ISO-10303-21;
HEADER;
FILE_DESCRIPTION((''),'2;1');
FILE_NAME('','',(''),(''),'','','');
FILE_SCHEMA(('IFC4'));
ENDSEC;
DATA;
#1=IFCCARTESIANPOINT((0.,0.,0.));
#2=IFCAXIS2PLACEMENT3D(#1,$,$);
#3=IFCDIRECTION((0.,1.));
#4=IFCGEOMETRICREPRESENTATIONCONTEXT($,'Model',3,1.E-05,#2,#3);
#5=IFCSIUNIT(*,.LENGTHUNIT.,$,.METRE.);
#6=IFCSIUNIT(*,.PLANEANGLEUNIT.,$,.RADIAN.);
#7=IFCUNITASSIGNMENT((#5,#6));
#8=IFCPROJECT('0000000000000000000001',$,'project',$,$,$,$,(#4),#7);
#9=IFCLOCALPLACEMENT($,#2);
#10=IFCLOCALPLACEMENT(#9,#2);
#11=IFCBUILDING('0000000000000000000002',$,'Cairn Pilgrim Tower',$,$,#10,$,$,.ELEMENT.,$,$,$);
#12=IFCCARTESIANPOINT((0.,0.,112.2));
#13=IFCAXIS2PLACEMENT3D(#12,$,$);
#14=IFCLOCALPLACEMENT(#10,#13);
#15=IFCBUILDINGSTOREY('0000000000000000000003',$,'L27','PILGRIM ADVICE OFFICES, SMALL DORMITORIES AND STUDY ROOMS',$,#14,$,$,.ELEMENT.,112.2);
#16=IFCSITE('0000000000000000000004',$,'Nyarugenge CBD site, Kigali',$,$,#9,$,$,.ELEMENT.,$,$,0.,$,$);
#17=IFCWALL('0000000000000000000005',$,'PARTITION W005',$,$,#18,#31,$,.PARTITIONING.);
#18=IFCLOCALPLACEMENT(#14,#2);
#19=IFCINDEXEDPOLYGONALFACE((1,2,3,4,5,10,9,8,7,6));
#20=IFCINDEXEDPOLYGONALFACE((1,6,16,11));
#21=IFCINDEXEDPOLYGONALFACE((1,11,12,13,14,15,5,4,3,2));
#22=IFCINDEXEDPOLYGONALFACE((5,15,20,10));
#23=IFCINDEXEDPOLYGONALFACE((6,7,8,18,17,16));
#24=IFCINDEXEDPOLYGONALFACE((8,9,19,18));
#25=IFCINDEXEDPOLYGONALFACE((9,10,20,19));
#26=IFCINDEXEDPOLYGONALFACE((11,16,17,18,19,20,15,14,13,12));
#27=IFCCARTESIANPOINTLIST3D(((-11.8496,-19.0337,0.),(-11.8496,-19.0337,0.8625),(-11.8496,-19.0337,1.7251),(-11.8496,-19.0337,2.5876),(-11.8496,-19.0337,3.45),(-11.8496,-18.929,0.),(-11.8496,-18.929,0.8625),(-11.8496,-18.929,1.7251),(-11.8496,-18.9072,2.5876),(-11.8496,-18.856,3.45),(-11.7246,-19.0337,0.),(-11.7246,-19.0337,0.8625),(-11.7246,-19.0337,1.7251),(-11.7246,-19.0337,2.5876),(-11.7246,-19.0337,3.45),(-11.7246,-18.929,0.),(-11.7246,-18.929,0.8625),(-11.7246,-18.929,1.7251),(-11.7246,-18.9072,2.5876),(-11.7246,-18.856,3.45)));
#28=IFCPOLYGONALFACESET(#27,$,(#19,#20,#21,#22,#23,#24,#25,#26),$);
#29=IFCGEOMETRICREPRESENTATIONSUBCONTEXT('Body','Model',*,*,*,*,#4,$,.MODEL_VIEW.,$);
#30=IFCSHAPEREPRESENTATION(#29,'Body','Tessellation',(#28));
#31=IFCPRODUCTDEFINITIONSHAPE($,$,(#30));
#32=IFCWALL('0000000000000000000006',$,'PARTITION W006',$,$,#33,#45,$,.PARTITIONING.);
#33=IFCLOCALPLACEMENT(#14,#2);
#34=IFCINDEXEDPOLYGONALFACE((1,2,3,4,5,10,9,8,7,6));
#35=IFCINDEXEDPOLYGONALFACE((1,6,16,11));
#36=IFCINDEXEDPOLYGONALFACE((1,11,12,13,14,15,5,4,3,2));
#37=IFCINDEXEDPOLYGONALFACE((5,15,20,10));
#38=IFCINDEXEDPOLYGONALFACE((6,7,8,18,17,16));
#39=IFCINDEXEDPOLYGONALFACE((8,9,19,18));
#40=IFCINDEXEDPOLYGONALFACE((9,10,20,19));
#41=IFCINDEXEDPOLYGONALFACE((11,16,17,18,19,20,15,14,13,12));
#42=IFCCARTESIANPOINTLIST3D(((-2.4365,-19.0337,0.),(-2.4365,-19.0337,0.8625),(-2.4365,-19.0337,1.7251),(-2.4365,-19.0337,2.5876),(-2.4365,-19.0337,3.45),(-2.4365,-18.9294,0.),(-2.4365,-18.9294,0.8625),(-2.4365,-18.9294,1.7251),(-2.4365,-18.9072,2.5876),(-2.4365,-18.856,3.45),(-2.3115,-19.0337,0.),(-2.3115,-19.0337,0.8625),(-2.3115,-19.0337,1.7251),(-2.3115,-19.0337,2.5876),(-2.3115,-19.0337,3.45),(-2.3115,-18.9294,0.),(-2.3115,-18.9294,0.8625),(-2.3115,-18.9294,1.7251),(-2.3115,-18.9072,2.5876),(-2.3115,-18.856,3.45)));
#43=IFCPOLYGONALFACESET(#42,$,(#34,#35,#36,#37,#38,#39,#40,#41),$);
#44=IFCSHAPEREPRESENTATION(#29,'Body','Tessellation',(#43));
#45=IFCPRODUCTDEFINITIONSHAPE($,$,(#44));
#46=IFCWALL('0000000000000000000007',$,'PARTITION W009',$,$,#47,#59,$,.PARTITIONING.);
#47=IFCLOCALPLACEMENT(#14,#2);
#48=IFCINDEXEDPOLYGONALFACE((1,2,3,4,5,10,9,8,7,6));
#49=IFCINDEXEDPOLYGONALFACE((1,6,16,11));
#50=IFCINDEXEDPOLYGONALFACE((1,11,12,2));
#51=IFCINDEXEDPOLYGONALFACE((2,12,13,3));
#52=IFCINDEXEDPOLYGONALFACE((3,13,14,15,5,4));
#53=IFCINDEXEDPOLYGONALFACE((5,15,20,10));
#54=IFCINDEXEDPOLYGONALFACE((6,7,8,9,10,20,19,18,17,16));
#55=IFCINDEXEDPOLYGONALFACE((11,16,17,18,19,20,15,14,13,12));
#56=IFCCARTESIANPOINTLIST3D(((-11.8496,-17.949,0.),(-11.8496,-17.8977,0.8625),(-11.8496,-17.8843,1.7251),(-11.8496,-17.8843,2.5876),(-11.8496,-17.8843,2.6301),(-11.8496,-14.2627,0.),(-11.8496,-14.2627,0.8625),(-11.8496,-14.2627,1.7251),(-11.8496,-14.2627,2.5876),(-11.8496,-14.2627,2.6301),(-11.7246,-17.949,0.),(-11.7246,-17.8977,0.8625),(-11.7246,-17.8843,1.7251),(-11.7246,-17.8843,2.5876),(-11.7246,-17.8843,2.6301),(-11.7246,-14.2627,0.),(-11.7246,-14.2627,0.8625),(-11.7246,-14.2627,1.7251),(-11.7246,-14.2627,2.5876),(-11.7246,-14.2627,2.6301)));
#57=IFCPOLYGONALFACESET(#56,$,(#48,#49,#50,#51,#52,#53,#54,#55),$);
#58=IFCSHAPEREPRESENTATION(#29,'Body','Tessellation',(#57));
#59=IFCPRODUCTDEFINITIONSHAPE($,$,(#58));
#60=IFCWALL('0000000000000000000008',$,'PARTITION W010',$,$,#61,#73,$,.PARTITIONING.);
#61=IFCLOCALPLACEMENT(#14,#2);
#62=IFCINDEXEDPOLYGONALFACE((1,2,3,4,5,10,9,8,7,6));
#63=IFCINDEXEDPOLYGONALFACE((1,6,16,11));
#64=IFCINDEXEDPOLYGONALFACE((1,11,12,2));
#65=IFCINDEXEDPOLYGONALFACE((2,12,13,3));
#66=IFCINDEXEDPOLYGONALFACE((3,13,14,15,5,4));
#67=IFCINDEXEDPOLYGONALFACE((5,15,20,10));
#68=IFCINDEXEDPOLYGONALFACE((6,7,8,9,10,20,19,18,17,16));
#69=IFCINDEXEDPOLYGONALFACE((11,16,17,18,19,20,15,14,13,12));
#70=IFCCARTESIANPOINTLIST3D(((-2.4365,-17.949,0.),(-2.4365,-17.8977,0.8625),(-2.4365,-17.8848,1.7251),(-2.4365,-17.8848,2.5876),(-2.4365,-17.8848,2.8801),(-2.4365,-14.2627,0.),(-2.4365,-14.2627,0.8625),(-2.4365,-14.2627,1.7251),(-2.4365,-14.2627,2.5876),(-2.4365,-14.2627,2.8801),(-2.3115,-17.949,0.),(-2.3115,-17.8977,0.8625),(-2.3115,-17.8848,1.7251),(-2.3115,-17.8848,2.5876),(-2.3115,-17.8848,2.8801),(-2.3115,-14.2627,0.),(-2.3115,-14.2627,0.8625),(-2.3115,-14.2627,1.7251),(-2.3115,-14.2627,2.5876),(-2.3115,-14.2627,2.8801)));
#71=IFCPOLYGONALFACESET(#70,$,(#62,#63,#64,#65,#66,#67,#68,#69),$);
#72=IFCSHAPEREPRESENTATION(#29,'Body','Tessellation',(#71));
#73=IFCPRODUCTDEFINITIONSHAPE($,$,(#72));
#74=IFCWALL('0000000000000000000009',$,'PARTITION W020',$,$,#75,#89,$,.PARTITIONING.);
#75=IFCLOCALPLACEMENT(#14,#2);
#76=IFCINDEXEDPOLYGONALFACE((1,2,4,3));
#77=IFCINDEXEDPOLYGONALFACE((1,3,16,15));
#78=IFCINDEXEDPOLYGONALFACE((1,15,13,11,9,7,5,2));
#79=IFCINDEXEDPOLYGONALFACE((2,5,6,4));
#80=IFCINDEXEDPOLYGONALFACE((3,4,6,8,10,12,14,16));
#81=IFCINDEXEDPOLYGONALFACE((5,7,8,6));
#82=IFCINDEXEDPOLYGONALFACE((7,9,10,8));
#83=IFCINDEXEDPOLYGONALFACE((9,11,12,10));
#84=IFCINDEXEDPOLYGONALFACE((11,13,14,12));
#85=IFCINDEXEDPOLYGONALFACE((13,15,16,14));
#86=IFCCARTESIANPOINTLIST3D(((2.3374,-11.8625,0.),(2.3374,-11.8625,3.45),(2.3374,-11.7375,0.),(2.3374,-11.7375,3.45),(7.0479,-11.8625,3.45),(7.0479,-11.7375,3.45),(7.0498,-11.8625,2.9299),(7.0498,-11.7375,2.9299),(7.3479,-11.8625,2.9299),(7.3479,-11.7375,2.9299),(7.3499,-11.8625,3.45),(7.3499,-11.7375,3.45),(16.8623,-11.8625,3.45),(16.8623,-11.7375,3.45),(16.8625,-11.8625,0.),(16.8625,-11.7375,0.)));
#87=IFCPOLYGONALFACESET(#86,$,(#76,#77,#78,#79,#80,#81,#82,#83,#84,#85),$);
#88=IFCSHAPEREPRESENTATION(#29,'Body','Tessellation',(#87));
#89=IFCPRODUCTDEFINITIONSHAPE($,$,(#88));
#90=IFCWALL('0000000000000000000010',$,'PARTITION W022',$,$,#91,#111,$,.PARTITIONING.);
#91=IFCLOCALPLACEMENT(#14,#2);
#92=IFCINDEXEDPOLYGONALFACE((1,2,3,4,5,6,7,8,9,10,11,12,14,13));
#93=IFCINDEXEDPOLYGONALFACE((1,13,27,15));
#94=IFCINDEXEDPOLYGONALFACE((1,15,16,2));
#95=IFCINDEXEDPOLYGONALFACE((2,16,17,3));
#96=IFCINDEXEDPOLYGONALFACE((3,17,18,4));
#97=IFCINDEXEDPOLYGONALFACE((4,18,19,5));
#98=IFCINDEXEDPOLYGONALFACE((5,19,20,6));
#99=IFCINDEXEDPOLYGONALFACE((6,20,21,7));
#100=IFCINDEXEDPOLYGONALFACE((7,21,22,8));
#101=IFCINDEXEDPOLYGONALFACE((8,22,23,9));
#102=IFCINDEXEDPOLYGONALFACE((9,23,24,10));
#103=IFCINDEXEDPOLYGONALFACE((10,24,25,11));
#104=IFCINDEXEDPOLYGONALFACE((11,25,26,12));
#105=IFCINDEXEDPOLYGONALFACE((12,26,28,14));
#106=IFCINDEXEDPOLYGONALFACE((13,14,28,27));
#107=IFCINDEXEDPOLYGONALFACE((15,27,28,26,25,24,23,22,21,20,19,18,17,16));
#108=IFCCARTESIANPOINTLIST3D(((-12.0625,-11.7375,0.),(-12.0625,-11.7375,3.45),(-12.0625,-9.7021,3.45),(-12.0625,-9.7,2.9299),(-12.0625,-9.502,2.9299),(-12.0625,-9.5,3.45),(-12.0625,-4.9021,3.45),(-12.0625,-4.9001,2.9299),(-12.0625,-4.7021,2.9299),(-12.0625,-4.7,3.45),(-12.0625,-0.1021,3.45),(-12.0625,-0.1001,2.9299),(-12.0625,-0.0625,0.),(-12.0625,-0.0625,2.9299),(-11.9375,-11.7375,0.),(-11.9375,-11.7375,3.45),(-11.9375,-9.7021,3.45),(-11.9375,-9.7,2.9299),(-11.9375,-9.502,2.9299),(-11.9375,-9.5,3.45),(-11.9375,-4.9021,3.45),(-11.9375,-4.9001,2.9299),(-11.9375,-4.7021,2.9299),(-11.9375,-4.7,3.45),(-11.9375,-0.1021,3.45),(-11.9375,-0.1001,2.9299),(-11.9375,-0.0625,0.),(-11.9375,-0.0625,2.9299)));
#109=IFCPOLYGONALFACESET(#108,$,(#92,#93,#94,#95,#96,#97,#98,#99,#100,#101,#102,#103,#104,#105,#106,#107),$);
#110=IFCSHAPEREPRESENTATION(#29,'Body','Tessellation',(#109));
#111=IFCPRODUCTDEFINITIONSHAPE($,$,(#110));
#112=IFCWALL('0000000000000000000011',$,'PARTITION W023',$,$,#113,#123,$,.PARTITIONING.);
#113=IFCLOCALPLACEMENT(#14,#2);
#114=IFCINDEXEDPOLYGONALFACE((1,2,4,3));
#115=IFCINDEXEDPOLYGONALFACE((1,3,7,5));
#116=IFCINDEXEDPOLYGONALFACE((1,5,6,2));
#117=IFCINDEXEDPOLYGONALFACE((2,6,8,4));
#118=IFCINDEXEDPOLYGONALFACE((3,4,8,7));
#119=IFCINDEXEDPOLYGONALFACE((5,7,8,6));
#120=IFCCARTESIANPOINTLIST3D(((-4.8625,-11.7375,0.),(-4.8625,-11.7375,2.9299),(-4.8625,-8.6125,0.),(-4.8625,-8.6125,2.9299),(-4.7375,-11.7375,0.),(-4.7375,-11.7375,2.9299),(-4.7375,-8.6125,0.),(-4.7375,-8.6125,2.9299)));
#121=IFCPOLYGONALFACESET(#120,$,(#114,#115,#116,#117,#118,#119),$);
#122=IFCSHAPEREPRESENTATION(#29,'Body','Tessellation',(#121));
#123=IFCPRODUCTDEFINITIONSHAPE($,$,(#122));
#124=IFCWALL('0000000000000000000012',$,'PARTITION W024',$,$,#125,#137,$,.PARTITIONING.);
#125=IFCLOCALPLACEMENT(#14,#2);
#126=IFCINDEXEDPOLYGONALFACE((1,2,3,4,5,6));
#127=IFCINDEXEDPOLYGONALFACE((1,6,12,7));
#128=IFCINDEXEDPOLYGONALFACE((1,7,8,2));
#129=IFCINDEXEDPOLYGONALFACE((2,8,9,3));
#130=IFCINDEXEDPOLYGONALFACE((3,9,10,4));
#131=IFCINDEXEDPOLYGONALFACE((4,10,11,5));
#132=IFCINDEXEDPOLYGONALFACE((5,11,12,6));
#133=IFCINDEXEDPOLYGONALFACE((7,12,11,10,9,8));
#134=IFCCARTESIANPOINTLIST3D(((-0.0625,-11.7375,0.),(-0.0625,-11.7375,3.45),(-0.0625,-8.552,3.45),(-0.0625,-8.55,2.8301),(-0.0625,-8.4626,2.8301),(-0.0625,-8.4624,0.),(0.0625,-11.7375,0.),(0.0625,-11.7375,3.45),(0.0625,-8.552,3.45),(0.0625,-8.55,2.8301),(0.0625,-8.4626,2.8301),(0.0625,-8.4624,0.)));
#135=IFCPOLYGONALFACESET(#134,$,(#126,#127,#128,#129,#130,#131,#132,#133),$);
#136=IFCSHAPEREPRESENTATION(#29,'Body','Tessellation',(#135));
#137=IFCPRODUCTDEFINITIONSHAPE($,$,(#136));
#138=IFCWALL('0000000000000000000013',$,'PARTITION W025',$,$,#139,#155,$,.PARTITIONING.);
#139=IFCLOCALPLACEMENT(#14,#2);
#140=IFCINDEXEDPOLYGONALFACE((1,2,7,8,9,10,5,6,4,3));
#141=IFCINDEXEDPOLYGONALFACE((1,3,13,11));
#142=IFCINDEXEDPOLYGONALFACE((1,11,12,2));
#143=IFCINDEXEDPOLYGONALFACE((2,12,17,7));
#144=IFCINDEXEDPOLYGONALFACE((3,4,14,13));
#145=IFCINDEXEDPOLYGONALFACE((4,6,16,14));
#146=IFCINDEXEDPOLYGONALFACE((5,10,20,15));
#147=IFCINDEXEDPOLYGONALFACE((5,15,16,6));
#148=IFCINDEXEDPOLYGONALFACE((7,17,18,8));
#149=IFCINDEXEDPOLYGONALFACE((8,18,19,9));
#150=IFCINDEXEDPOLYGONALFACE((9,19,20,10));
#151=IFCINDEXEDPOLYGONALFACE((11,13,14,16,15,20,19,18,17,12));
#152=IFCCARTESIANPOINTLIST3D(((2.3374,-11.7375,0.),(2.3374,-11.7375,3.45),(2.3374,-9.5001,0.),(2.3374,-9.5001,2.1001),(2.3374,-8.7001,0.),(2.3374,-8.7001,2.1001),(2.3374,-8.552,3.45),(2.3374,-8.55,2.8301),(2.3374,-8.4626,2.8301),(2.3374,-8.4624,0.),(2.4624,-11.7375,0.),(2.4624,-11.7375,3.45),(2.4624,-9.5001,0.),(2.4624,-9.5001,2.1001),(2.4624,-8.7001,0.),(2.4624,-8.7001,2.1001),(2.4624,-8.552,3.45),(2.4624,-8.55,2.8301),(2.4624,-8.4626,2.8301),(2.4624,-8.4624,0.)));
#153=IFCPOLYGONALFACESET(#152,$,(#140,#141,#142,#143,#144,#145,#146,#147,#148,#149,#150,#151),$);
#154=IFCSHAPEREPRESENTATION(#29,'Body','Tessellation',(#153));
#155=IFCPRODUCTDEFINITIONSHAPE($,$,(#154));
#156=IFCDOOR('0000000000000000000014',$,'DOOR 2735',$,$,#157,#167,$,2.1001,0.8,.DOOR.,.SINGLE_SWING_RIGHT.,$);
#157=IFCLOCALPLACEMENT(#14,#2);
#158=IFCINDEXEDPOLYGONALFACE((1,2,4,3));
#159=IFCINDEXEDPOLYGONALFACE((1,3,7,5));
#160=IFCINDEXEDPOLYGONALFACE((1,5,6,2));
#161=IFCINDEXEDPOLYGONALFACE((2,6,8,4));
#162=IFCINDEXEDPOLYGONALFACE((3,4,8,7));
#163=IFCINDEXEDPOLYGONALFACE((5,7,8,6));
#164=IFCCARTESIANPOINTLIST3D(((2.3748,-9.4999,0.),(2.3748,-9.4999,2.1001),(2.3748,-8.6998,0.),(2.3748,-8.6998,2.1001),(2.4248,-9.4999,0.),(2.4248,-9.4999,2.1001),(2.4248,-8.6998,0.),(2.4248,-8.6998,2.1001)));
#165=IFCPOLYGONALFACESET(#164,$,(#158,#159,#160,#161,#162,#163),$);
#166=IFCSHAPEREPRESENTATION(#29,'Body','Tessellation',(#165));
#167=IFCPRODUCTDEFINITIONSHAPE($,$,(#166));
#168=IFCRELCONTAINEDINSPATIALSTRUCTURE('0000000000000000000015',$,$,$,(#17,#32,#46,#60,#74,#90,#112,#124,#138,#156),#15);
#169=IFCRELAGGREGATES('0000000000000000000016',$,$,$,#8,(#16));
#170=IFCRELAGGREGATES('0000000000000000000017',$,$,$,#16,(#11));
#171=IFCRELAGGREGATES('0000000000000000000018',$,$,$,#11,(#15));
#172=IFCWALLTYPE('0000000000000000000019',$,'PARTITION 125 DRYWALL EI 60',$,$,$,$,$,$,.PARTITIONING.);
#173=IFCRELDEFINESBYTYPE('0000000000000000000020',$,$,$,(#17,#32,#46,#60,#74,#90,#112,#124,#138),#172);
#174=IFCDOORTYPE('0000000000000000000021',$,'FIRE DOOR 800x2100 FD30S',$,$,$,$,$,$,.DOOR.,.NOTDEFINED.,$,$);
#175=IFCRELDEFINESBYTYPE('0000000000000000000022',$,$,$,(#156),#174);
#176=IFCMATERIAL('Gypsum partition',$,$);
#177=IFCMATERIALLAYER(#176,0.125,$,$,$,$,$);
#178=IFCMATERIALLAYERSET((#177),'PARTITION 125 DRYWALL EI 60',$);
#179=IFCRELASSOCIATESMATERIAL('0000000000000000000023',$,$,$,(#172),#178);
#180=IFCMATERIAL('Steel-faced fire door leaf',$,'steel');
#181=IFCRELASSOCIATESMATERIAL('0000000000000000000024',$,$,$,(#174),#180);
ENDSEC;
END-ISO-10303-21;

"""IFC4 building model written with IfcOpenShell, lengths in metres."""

from ifc_helpers import new_model, si_unit, direction, frame, frame_2d, origin, place, context, subcontext, project, spatial, polyline, rectangle, outline, extrude, material, layer, layer_set, type_object, element, fill, save


model = new_model("IFC4")

# Units and contexts
model_context = context("Model", 3, precision=1e-05, world=origin(), true_north=direction((0.0, 1.0)))
body_context = subcontext(model_context, "Body", "Model", "MODEL_VIEW")
ifc_project = project(units=[si_unit("LENGTHUNIT", "METRE"), si_unit("PLANEANGLEUNIT", "RADIAN")], contexts=[model_context])

# Site, building, storey
site_placement = place(None, origin())
site = spatial("IfcSite", under=ifc_project, at=site_placement, Name="Nyarugenge CBD site, Kigali", CompositionType="ELEMENT", RefElevation=0.0)
building_placement = place(site_placement, origin())
building = spatial("IfcBuilding", under=site, at=building_placement, Name="Cairn Pilgrim Tower", CompositionType="ELEMENT")
storey_placement = place(building_placement, frame((0.0, 0.0, 112.2)))
storey = spatial("IfcBuildingStorey", under=building, at=storey_placement, Name="L27", Description="PILGRIM ADVICE OFFICES, SMALL DORMITORIES AND STUDY ROOMS", CompositionType="ELEMENT", Elevation=112.2)

# Walls
ifc_material_1 = material(Name="Gypsum partition")
ifc_layer_1 = layer(ifc_material_1, 0.125)
ifc_layer_set_1 = layer_set([ifc_layer_1], Name="PARTITION 125 DRYWALL EI 60")
wall_type_1 = type_object("IfcWallType", Name="PARTITION 125 DRYWALL EI 60", PredefinedType="PARTITIONING", material=ifc_layer_set_1)
wall_1_placement = place(storey_placement, frame((-11.7871, -19.0337, 0.0), z_axis=(0.0, 0.0, 1.0), x_axis=(0.0, 1.0, 0.0)))
element("IfcWall", 1, at=wall_1_placement, inside=storey, type_object=wall_type_1, Name="PARTITION W005", PredefinedType="PARTITIONING", context=body_context, shape_type="SweptSolid", body=[
    extrude(outline(polyline([(0.0, 0.0), (0.1047, 0.0), (0.1047, 0.8625), (0.1047, 1.7251), (0.1265, 2.5876), (0.1777, 3.45), (0.0, 3.45), (0.0, 2.5876), (0.0, 1.7251), (0.0, 0.8625), (0.0, 0.0)])), frame((0.0, 0.0625, 0.0), z_axis=(0.0, -1.0, 0.0), x_axis=(1.0, 0.0, 0.0)), (0.0, 0.0, 1.0), 0.125),
])
wall_2_placement = place(storey_placement, frame((-2.374, -19.0337, 0.0), z_axis=(0.0, 0.0, 1.0), x_axis=(0.0, 1.0, 0.0)))
element("IfcWall", 2, at=wall_2_placement, inside=storey, type_object=wall_type_1, Name="PARTITION W006", PredefinedType="PARTITIONING", context=body_context, shape_type="SweptSolid", body=[
    extrude(outline(polyline([(0.0, 0.0), (0.1042, 0.0), (0.1042, 0.8625), (0.1042, 1.7251), (0.1265, 2.5876), (0.1777, 3.45), (0.0, 3.45), (0.0, 2.5876), (0.0, 1.7251), (0.0, 0.8625), (0.0, 0.0)])), frame((0.0, 0.0625, 0.0), z_axis=(0.0, -1.0, 0.0), x_axis=(1.0, 0.0, 0.0)), (0.0, 0.0, 1.0), 0.125),
])
wall_3_placement = place(storey_placement, frame((-11.7871, -17.949, 0.0), z_axis=(0.0, 0.0, 1.0), x_axis=(0.0, 1.0, 0.0)))
element("IfcWall", 3, at=wall_3_placement, inside=storey, type_object=wall_type_1, Name="PARTITION W009", PredefinedType="PARTITIONING", context=body_context, shape_type="SweptSolid", body=[
    extrude(outline(polyline([(0.0, 0.0), (3.6863, 0.0), (3.6863, 0.8625), (3.6863, 1.7251), (3.6863, 2.5876), (3.6863, 2.6301), (0.0647, 2.6301), (0.0647, 2.5876), (0.0647, 1.7251), (0.0513, 0.8625), (0.0, 0.0)])), frame((0.0, 0.0625, 0.0), z_axis=(0.0, -1.0, 0.0), x_axis=(1.0, 0.0, 0.0)), (0.0, 0.0, 1.0), 0.125),
])
wall_4_placement = place(storey_placement, frame((-2.374, -17.949, 0.0), z_axis=(0.0, 0.0, 1.0), x_axis=(0.0, 1.0, 0.0)))
element("IfcWall", 4, at=wall_4_placement, inside=storey, type_object=wall_type_1, Name="PARTITION W010", PredefinedType="PARTITIONING", context=body_context, shape_type="SweptSolid", body=[
    extrude(outline(polyline([(0.0, 0.0), (3.6863, 0.0), (3.6863, 0.8625), (3.6863, 1.7251), (3.6863, 2.5876), (3.6863, 2.8801), (0.0642, 2.8801), (0.0642, 2.5876), (0.0642, 1.7251), (0.0513, 0.8625), (0.0, 0.0)])), frame((0.0, 0.0625, 0.0), z_axis=(0.0, -1.0, 0.0), x_axis=(1.0, 0.0, 0.0)), (0.0, 0.0, 1.0), 0.125),
])
wall_5_placement = place(storey_placement, frame((2.3374, -11.8, 0.0), z_axis=(0.0, 0.0, 1.0), x_axis=(1.0, 0.0, 0.0)))
element("IfcWall", 5, at=wall_5_placement, inside=storey, type_object=wall_type_1, Name="PARTITION W020", PredefinedType="PARTITIONING", context=body_context, shape_type="SweptSolid", body=[
    extrude(outline(polyline([(0.0, 0.0), (14.5251, 0.0), (14.5249, 3.45), (5.0125, 3.45), (5.0105, 2.9299), (4.7124, 2.9299), (4.7104, 3.45), (0.0, 3.45), (0.0, 0.0)])), frame((0.0, 0.0625, 0.0), z_axis=(0.0, -1.0, 0.0), x_axis=(1.0, 0.0, 0.0)), (0.0, 0.0, 1.0), 0.125),
])
wall_6_placement = place(storey_placement, frame((-12.0, -11.7375, 0.0), z_axis=(0.0, 0.0, 1.0), x_axis=(0.0, 1.0, 0.0)))
element("IfcWall", 6, at=wall_6_placement, inside=storey, type_object=wall_type_1, Name="PARTITION W022", PredefinedType="PARTITIONING", context=body_context, shape_type="SweptSolid", body=[
    extrude(outline(polyline([(0.0, 0.0), (11.675, 0.0), (11.675, 2.9299), (11.6375, 2.9299), (11.6355, 3.45), (7.0376, 3.45), (7.0354, 2.9299), (6.8374, 2.9299), (6.8354, 3.45), (2.2375, 3.45), (2.2356, 2.9299), (2.0376, 2.9299), (2.0354, 3.45), (0.0, 3.45), (0.0, 0.0)])), frame((0.0, 0.0625, 0.0), z_axis=(0.0, -1.0, 0.0), x_axis=(1.0, 0.0, 0.0)), (0.0, 0.0, 1.0), 0.125),
])
wall_7_placement = place(storey_placement, frame((-4.8, -11.7375, 0.0), z_axis=(0.0, 0.0, 1.0), x_axis=(0.0, 1.0, 0.0)))
element("IfcWall", 7, at=wall_7_placement, inside=storey, type_object=wall_type_1, Name="PARTITION W023", PredefinedType="PARTITIONING", context=body_context, shape_type="SweptSolid", body=[
    extrude(rectangle(XDim=3.125, YDim=0.125, at=frame_2d((1.5625, 0.0))), origin(), (0.0, 0.0, 1.0), 2.9299),
])
wall_8_placement = place(storey_placement, frame((0.0, -11.7375, 0.0), z_axis=(0.0, 0.0, 1.0), x_axis=(0.0, 1.0, 0.0)))
element("IfcWall", 8, at=wall_8_placement, inside=storey, type_object=wall_type_1, Name="PARTITION W024", PredefinedType="PARTITIONING", context=body_context, shape_type="SweptSolid", body=[
    extrude(outline(polyline([(0.0, 0.0), (3.2751, 0.0), (3.2749, 2.8301), (3.1875, 2.8301), (3.1855, 3.45), (0.0, 3.45), (0.0, 0.0)])), frame((0.0, 0.0625, 0.0), z_axis=(0.0, -1.0, 0.0), x_axis=(1.0, 0.0, 0.0)), (0.0, 0.0, 1.0), 0.125),
])

# Wall, opening, door
wall_9_placement = place(storey_placement, frame((2.3999, -11.7375, 0.0), z_axis=(0.0, 0.0, 1.0), x_axis=(0.0, 1.0, 0.0)))
wall_9 = element("IfcWall", 9, at=wall_9_placement, inside=storey, type_object=wall_type_1, Name="PARTITION W025", PredefinedType="PARTITIONING", context=body_context, shape_type="SweptSolid", body=[
    extrude(outline(polyline([(0.0, 0.0), (3.2751, 0.0), (3.2749, 2.8301), (3.1875, 2.8301), (3.1855, 3.45), (0.0, 3.45), (0.0, 0.0)])), frame((0.0, 0.0625, 0.0), z_axis=(0.0, -1.0, 0.0), x_axis=(1.0, 0.0, 0.0)), (0.0, 0.0, 1.0), 0.125),
])
opening_1_placement = place(wall_9_placement, frame((2.2375, 0.0, 0.0)))
opening_1 = element("IfcOpeningElement", 10, at=opening_1_placement, cuts=wall_9, PredefinedType="OPENING", context=body_context, shape_type="SweptSolid", body=[
    extrude(rectangle(XDim=0.8, YDim=2.1001, at=frame_2d((0.3999, 1.05))), frame((0.0, 0.0725, 0.0), z_axis=(0.0, -1.0, 0.0), x_axis=(1.0, 0.0, 0.0)), (0.0, 0.0, 1.0), 0.145),
])
ifc_material_2 = material(Name="Steel-faced fire door leaf", Category="steel")
door_type_1 = type_object("IfcDoorType", Name="FIRE DOOR 800x2100 FD30S", OperationType="NOTDEFINED", PredefinedType="DOOR", material=ifc_material_2)
door_1_placement = place(opening_1_placement, frame((0.8, 0.0, 0.0), z_axis=(0.0, 0.0, 1.0), x_axis=(-1.0, 0.0, 0.0)))
door_1 = element("IfcDoor", 11, at=door_1_placement, inside=storey, type_object=door_type_1, Name="DOOR 2735", OperationType="SINGLE_SWING_RIGHT", OverallHeight=2.1001, OverallWidth=0.8, PredefinedType="DOOR", context=body_context, shape_type="SweptSolid", body=[
    extrude(rectangle(XDim=0.8, YDim=2.1001, at=frame_2d((0.3999, 1.05))), frame((0.0, 0.0249, 0.0), z_axis=(0.0, -1.0, 0.0), x_axis=(1.0, 0.0, 0.0)), (0.0, 0.0, 1.0), 0.05),
])
fill(opening_1, door_1)

save(model, "model.ifc")
